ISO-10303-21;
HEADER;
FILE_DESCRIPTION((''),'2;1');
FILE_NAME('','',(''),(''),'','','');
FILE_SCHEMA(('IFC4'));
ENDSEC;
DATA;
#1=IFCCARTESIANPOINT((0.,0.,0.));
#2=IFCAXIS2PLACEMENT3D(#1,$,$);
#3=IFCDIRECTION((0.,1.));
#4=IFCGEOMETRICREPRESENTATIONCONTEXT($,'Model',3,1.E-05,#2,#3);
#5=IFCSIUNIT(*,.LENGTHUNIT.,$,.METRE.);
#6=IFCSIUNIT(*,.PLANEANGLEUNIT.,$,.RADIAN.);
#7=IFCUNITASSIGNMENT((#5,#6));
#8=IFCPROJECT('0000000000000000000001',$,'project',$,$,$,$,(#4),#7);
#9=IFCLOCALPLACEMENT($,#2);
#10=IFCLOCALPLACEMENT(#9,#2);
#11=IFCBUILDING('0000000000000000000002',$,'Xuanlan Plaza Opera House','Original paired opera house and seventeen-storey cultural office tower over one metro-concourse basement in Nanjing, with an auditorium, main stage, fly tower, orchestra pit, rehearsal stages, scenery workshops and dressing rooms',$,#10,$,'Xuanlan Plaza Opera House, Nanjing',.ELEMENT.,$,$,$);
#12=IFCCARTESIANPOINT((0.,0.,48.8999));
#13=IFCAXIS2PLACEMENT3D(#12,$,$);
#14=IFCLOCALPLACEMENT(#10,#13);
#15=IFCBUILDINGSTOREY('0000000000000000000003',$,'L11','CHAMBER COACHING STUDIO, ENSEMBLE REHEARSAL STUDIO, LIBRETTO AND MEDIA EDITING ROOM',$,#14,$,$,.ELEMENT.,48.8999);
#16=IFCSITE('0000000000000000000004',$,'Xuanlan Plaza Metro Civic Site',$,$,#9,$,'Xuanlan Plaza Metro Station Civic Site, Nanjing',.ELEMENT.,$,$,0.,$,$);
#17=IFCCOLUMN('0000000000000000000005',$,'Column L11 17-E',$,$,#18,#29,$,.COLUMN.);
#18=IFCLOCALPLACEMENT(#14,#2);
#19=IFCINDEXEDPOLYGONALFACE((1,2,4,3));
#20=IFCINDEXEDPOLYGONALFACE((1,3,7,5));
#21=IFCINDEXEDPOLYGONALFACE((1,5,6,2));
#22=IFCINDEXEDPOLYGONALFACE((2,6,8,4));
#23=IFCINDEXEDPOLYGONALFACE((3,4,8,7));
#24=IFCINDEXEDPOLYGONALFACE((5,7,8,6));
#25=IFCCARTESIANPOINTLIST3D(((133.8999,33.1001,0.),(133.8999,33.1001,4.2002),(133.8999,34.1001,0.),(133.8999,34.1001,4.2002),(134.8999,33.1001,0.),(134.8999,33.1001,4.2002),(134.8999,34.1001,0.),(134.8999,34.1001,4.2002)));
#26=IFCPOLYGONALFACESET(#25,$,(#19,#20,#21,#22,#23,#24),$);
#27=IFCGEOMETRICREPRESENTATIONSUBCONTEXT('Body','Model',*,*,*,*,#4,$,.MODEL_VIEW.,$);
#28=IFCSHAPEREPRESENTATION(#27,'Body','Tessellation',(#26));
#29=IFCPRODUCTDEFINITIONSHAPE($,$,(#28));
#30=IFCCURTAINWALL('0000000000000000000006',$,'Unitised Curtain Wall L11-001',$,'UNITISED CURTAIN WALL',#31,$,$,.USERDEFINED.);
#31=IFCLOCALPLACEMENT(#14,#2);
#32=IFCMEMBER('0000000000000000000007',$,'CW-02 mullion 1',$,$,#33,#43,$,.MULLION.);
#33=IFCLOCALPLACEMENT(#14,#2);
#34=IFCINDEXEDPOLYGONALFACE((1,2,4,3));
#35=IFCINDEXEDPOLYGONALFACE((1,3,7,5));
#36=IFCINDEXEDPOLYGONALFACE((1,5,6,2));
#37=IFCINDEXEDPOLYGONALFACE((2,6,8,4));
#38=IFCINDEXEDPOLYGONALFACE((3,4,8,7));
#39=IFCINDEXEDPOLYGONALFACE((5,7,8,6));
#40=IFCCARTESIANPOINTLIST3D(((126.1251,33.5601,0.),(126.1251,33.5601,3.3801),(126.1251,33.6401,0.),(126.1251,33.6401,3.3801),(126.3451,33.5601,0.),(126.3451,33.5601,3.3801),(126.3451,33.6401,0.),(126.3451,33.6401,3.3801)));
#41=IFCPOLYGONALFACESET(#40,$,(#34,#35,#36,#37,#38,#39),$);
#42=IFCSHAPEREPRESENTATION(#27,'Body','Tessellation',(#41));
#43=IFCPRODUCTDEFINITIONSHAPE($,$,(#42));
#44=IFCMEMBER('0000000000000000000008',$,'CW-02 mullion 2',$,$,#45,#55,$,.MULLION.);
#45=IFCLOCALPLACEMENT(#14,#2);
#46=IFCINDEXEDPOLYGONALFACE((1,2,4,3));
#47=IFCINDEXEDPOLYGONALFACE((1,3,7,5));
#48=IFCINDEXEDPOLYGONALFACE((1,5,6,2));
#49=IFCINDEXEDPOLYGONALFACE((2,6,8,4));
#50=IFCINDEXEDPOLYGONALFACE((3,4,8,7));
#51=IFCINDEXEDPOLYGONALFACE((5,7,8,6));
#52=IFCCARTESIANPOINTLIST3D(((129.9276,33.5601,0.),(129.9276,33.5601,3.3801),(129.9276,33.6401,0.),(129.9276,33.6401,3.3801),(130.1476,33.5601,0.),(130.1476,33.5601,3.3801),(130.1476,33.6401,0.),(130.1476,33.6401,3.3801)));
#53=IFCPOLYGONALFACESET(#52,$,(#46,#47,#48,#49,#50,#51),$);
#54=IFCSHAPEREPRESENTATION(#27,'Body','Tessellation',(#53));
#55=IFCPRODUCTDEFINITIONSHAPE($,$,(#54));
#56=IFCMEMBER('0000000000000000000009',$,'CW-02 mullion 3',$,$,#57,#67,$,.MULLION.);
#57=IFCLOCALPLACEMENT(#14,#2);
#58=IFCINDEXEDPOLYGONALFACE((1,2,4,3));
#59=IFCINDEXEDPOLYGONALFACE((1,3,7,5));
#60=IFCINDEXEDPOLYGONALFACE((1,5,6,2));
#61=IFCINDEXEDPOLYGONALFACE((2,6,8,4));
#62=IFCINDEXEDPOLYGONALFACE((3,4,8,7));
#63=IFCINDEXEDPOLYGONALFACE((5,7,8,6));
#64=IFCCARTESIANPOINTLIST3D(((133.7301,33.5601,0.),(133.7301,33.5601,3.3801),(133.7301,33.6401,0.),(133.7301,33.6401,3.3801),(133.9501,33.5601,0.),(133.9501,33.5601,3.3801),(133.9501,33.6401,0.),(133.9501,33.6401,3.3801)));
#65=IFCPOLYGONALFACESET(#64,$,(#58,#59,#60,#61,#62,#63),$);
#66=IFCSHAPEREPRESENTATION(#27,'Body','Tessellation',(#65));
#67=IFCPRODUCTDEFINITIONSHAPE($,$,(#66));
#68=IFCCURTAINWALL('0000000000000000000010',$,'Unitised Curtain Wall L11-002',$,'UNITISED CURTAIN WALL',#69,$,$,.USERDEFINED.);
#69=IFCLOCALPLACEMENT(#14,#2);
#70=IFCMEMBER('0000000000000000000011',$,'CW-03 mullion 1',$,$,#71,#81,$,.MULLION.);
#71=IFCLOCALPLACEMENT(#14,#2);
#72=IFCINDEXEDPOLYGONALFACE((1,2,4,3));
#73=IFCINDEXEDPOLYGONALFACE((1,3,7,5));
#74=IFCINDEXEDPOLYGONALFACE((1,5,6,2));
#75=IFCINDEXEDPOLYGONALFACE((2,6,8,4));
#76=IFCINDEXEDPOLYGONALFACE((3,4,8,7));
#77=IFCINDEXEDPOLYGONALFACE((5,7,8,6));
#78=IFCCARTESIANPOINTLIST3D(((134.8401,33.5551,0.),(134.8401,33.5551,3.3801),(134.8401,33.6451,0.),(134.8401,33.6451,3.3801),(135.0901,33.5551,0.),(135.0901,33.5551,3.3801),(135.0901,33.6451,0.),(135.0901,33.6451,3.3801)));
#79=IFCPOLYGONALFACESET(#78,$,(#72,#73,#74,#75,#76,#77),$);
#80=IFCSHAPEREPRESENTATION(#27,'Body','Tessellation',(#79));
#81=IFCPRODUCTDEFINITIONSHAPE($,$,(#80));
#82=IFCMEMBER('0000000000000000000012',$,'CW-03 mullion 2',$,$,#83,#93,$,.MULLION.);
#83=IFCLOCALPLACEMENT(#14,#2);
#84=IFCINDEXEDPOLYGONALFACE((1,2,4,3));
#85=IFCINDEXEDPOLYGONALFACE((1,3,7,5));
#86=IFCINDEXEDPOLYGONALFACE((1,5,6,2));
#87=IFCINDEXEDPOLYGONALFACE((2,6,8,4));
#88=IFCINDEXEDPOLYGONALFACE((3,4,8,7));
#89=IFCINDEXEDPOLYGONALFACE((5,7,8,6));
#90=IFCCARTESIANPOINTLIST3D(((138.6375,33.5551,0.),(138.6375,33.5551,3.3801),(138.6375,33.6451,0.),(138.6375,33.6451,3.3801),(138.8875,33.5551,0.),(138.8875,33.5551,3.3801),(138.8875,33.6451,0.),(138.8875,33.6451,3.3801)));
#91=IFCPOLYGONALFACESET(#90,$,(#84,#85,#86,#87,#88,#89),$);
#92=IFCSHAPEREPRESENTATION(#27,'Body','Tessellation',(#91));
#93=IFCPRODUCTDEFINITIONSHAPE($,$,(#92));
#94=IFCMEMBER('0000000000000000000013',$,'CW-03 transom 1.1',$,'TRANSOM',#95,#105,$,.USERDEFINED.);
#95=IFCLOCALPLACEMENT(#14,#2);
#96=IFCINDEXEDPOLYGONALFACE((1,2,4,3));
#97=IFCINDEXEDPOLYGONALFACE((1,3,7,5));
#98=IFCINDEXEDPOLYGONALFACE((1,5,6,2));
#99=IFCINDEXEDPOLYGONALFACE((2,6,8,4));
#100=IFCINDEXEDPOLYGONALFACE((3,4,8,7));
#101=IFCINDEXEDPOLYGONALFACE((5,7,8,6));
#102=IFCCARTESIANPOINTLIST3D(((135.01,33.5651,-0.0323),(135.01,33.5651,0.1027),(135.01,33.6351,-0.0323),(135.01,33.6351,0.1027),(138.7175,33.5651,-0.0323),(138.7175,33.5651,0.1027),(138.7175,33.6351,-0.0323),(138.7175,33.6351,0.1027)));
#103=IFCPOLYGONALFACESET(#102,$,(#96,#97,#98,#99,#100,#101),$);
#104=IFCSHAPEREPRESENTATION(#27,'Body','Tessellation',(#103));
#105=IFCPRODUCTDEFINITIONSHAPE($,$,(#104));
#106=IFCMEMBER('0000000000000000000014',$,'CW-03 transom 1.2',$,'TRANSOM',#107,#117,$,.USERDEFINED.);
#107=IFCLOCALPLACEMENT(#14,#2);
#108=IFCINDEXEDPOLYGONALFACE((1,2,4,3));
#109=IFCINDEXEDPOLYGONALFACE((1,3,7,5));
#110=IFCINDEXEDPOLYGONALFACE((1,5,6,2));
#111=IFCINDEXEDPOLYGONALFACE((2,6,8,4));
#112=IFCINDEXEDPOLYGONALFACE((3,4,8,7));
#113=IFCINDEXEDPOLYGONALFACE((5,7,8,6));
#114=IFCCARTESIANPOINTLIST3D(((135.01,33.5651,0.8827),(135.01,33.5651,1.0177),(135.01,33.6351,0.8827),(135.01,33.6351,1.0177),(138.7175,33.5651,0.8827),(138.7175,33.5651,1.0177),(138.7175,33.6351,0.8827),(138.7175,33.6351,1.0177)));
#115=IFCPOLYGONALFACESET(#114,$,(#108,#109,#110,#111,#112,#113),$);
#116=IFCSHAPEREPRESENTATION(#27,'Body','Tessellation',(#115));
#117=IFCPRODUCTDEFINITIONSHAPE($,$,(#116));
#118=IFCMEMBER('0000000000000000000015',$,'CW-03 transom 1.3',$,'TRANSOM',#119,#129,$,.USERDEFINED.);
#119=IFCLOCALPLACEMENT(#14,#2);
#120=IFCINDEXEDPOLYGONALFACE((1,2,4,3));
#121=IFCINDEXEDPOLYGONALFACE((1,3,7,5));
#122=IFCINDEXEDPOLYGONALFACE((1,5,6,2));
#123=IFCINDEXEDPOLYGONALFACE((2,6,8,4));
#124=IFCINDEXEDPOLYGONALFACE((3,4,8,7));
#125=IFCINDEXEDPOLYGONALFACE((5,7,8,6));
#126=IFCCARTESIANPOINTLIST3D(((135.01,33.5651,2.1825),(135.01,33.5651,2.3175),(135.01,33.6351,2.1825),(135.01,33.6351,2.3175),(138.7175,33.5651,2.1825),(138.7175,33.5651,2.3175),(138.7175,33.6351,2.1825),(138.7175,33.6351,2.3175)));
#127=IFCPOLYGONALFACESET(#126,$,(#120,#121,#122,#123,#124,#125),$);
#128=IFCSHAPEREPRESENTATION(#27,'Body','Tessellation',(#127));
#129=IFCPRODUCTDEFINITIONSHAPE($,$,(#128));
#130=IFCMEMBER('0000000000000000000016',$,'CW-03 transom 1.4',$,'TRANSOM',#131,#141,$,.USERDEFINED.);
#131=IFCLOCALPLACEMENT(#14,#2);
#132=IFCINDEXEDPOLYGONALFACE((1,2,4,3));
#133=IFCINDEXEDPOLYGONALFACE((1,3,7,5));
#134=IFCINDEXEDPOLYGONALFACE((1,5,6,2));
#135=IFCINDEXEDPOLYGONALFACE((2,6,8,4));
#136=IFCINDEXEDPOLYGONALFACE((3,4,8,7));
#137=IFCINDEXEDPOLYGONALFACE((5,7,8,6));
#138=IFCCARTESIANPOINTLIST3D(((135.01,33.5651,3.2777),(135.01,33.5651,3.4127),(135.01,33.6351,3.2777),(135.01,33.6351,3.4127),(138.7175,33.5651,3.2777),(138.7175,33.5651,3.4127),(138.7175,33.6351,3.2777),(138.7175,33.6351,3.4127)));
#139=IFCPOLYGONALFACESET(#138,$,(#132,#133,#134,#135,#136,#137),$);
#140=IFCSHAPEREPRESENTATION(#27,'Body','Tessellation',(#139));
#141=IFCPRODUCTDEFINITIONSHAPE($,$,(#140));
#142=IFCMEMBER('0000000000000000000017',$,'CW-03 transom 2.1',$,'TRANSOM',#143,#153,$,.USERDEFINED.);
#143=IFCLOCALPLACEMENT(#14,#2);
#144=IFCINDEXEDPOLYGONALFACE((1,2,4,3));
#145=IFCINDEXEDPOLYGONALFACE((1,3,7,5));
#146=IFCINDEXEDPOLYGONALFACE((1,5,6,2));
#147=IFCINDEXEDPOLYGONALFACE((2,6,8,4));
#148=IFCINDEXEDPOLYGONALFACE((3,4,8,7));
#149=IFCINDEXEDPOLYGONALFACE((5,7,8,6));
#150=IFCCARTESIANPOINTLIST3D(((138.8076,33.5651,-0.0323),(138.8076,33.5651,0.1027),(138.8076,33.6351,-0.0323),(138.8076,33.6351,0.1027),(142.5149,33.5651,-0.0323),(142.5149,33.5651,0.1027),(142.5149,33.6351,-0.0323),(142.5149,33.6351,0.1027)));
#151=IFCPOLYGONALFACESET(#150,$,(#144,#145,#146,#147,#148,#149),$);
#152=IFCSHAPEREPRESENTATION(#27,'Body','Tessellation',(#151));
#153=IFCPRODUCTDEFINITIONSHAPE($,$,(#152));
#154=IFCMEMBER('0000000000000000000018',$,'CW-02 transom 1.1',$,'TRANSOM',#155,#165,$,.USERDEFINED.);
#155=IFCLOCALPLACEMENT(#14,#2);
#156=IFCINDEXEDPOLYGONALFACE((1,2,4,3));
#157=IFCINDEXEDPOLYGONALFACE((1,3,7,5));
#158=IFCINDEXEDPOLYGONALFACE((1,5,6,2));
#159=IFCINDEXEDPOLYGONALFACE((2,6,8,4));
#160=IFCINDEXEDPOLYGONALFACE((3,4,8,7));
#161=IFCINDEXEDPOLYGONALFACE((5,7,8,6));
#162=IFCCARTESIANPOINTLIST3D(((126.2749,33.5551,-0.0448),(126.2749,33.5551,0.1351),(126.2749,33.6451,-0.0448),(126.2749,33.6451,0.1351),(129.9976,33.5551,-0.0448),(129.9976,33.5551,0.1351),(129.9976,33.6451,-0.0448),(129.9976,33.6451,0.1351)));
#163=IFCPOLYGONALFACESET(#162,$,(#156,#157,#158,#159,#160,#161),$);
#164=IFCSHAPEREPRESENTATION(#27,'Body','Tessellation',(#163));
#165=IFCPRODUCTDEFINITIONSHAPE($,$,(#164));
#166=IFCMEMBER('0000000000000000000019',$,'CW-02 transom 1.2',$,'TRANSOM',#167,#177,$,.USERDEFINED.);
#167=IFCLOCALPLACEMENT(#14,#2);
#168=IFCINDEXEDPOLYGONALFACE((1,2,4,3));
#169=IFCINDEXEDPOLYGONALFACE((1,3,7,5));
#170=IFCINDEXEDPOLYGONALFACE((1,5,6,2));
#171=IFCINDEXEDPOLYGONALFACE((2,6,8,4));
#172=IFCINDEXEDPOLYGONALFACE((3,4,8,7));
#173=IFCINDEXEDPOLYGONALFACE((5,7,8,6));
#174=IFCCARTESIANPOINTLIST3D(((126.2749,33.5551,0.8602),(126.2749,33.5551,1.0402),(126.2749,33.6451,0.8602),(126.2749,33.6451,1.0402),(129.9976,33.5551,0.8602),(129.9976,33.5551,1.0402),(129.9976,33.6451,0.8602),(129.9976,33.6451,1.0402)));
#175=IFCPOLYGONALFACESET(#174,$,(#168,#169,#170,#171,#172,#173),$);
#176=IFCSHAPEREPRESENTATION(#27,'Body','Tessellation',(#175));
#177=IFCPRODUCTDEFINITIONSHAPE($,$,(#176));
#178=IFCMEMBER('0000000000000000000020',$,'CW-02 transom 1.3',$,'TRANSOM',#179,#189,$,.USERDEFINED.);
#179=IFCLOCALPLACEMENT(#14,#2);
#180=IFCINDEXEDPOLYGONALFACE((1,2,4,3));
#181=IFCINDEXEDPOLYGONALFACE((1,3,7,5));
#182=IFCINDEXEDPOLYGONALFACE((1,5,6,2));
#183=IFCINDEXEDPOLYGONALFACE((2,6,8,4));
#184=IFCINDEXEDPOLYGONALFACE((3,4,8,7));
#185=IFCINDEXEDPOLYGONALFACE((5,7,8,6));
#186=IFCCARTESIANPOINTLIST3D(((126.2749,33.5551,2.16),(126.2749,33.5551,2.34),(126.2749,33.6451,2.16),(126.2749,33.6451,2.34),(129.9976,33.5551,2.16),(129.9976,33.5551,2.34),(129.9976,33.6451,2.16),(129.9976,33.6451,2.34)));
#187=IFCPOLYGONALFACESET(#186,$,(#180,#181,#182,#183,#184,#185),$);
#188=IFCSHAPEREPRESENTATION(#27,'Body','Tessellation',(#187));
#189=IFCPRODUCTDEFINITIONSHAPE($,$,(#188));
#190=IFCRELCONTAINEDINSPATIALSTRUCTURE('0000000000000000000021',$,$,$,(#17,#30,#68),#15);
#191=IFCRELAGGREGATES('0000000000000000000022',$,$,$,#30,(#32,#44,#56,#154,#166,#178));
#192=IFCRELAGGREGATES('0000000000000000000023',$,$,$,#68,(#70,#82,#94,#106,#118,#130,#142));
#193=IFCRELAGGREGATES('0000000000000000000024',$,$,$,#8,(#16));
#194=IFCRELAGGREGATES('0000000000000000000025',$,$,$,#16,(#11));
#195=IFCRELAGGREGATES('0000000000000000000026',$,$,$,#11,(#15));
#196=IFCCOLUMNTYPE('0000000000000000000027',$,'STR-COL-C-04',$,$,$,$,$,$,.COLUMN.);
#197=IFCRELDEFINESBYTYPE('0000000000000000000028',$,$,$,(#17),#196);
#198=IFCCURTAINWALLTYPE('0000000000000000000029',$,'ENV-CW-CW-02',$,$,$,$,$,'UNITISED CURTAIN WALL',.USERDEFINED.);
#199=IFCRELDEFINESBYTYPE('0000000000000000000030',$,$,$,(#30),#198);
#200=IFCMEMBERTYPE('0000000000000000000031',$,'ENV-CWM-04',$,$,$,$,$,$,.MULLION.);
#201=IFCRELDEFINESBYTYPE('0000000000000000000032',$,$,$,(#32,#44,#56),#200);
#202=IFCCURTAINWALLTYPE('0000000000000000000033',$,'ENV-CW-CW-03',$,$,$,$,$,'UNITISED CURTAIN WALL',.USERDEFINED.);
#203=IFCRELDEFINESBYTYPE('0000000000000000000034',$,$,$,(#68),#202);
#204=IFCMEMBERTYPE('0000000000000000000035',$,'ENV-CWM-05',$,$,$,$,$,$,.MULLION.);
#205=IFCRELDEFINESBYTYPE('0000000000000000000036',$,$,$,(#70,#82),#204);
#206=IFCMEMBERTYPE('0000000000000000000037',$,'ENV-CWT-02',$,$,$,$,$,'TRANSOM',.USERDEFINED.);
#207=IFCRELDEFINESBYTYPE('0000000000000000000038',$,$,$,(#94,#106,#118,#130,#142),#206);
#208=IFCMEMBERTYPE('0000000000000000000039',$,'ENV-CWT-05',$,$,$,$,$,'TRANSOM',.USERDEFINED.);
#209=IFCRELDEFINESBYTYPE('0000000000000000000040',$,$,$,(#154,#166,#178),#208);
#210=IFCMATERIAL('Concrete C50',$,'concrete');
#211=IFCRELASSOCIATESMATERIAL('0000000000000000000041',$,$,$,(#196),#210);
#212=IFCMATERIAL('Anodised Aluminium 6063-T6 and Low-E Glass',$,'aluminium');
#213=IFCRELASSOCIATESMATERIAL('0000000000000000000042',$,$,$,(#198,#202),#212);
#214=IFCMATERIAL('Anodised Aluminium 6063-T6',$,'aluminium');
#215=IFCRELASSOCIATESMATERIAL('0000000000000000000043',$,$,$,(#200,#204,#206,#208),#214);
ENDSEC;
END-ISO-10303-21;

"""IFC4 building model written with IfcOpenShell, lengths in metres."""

from ifc_helpers import new_model, si_unit, direction, frame, origin, origin_2d, place, context, subcontext, project, spatial, rectangle, extrude, material, material_profile, profile_set, type_object, element, aggregate, save


model = new_model("IFC4")

# Units and contexts
model_context = context("Model", 3, precision=1e-05, world=origin(), true_north=direction((0.0, 1.0)))
body_context = subcontext(model_context, "Body", "Model", "MODEL_VIEW")
ifc_project = project(units=[si_unit("LENGTHUNIT", "METRE"), si_unit("PLANEANGLEUNIT", "RADIAN")], contexts=[model_context])

# Site, building, storey
site_placement = place(None, origin())
site = spatial("IfcSite", under=ifc_project, at=site_placement, Name="Xuanlan Plaza Metro Civic Site", LongName="Xuanlan Plaza Metro Station Civic Site, Nanjing", CompositionType="ELEMENT", RefElevation=0.0)
building_placement = place(site_placement, origin())
building = spatial("IfcBuilding", under=site, at=building_placement, Name="Xuanlan Plaza Opera House", Description="Original paired opera house and seventeen-storey cultural office tower over one metro-concourse basement in Nanjing, with an auditorium, main stage, fly tower, orchestra pit, rehearsal stages, scenery workshops and dressing rooms", LongName="Xuanlan Plaza Opera House, Nanjing", CompositionType="ELEMENT")
storey_placement = place(building_placement, frame((0.0, 0.0, 48.8999)))
storey = spatial("IfcBuildingStorey", under=building, at=storey_placement, Name="L11", Description="CHAMBER COACHING STUDIO, ENSEMBLE REHEARSAL STUDIO, LIBRETTO AND MEDIA EDITING ROOM", CompositionType="ELEMENT", Elevation=48.8999)

# Column
ifc_material_1 = material(Name="Concrete C50", Category="concrete")
ifc_material_profile_1 = material_profile(ifc_material_1, rectangle(XDim=1.0, YDim=1.0, at=origin_2d()), Name="RC-COL 1000x1000")
ifc_profile_set_1 = profile_set([ifc_material_profile_1], Name="Concrete C50")
column_type = type_object("IfcColumnType", Name="STR-COL-C-04", PredefinedType="COLUMN", material=ifc_profile_set_1)
column_placement = place(storey_placement, frame((134.3999, 33.6001, 0.0), z_axis=(0.0, 0.0, 1.0), x_axis=(1.0, 0.0, 0.0)))
element("IfcColumn", 1, at=column_placement, inside=storey, type_object=column_type, Name="Column L11 17-E", PredefinedType="COLUMN", context=body_context, shape_type="SweptSolid", body=[
    extrude(rectangle(XDim=1.0, YDim=1.0, at=origin_2d()), origin(), (0.0, 0.0, 1.0), 4.2002),
])

# Curtain walls, members
ifc_material_2 = material(Name="Anodised Aluminium 6063-T6 and Low-E Glass", Category="aluminium")
curtain_wall_type_1 = type_object("IfcCurtainWallType", Name="ENV-CW-CW-02", ElementType="UNITISED CURTAIN WALL", PredefinedType="USERDEFINED", material=ifc_material_2)
curtain_wall_1_placement = place(storey_placement, origin())
curtain_wall_1 = element("IfcCurtainWall", 2, at=curtain_wall_1_placement, inside=storey, type_object=curtain_wall_type_1, Name="Unitised Curtain Wall L11-001", ObjectType="UNITISED CURTAIN WALL", PredefinedType="USERDEFINED")
ifc_material_3 = material(Name="Anodised Aluminium 6063-T6", Category="aluminium")
ifc_material_profile_2 = material_profile(ifc_material_3, rectangle(XDim=0.0801, YDim=0.22, at=origin_2d()), Name="ALU-M 80x220")
ifc_profile_set_2 = profile_set([ifc_material_profile_2], Name="Anodised Aluminium 6063-T6")
member_type_1 = type_object("IfcMemberType", Name="ENV-CWM-04", PredefinedType="MULLION", material=ifc_profile_set_2)
member_1_placement = place(storey_placement, frame((126.2351, 33.6001, 0.0), z_axis=(0.0, 0.0, 1.0), x_axis=(0.0, 1.0, 0.0)))
member_1 = element("IfcMember", 3, at=member_1_placement, type_object=member_type_1, Name="CW-02 mullion 1", PredefinedType="MULLION", context=body_context, shape_type="SweptSolid", body=[
    extrude(rectangle(XDim=0.0801, YDim=0.22, at=origin_2d()), origin(), (0.0, 0.0, 1.0), 3.3801),
])
member_2_placement = place(storey_placement, frame((130.0376, 33.6001, 0.0), z_axis=(0.0, 0.0, 1.0), x_axis=(0.0, 1.0, 0.0)))
member_2 = element("IfcMember", 4, at=member_2_placement, type_object=member_type_1, Name="CW-02 mullion 2", PredefinedType="MULLION", context=body_context, shape_type="SweptSolid", body=[
    extrude(rectangle(XDim=0.0801, YDim=0.22, at=origin_2d()), origin(), (0.0, 0.0, 1.0), 3.3801),
])
member_3_placement = place(storey_placement, frame((133.8401, 33.6001, 0.0), z_axis=(0.0, 0.0, 1.0), x_axis=(0.0, 1.0, 0.0)))
member_3 = element("IfcMember", 5, at=member_3_placement, type_object=member_type_1, Name="CW-02 mullion 3", PredefinedType="MULLION", context=body_context, shape_type="SweptSolid", body=[
    extrude(rectangle(XDim=0.0801, YDim=0.22, at=origin_2d()), origin(), (0.0, 0.0, 1.0), 3.3801),
])
curtain_wall_type_2 = type_object("IfcCurtainWallType", Name="ENV-CW-CW-03", ElementType="UNITISED CURTAIN WALL", PredefinedType="USERDEFINED", material=ifc_material_2)
curtain_wall_2_placement = place(storey_placement, origin())
curtain_wall_2 = element("IfcCurtainWall", 6, at=curtain_wall_2_placement, inside=storey, type_object=curtain_wall_type_2, Name="Unitised Curtain Wall L11-002", ObjectType="UNITISED CURTAIN WALL", PredefinedType="USERDEFINED")
ifc_material_profile_3 = material_profile(ifc_material_3, rectangle(XDim=0.0901, YDim=0.25, at=origin_2d()), Name="ALU-M 90x250")
ifc_profile_set_3 = profile_set([ifc_material_profile_3], Name="Anodised Aluminium 6063-T6")
member_type_2 = type_object("IfcMemberType", Name="ENV-CWM-05", PredefinedType="MULLION", material=ifc_profile_set_3)
member_4_placement = place(storey_placement, frame((134.9651, 33.6001, 0.0), z_axis=(0.0, 0.0, 1.0), x_axis=(0.0, 1.0, 0.0)))
member_4 = element("IfcMember", 7, at=member_4_placement, type_object=member_type_2, Name="CW-03 mullion 1", PredefinedType="MULLION", context=body_context, shape_type="SweptSolid", body=[
    extrude(rectangle(XDim=0.0901, YDim=0.25, at=origin_2d()), origin(), (0.0, 0.0, 1.0), 3.3801),
])
member_5_placement = place(storey_placement, frame((138.7625, 33.6001, 0.0), z_axis=(0.0, 0.0, 1.0), x_axis=(0.0, 1.0, 0.0)))
member_5 = element("IfcMember", 8, at=member_5_placement, type_object=member_type_2, Name="CW-03 mullion 2", PredefinedType="MULLION", context=body_context, shape_type="SweptSolid", body=[
    extrude(rectangle(XDim=0.0901, YDim=0.25, at=origin_2d()), origin(), (0.0, 0.0, 1.0), 3.3801),
])
ifc_material_profile_4 = material_profile(ifc_material_3, rectangle(XDim=0.0701, YDim=0.135, at=origin_2d()), Name="ALU-T 70x135")
ifc_profile_set_4 = profile_set([ifc_material_profile_4], Name="Anodised Aluminium 6063-T6")
member_type_3 = type_object("IfcMemberType", Name="ENV-CWT-02", ElementType="TRANSOM", PredefinedType="USERDEFINED", material=ifc_profile_set_4)
member_6_placement = place(storey_placement, frame((135.01, 33.6001, 0.0352), z_axis=(1.0, 0.0, 0.0), x_axis=(0.0, 1.0, 0.0)))
member_6 = element("IfcMember", 9, at=member_6_placement, type_object=member_type_3, Name="CW-03 transom 1.1", ObjectType="TRANSOM", PredefinedType="USERDEFINED", context=body_context, shape_type="SweptSolid", body=[
    extrude(rectangle(XDim=0.0701, YDim=0.135, at=origin_2d()), origin(), (0.0, 0.0, 1.0), 3.7075),
])
member_7_placement = place(storey_placement, frame((135.01, 33.6001, 0.9502), z_axis=(1.0, 0.0, 0.0), x_axis=(0.0, 1.0, 0.0)))
member_7 = element("IfcMember", 10, at=member_7_placement, type_object=member_type_3, Name="CW-03 transom 1.2", ObjectType="TRANSOM", PredefinedType="USERDEFINED", context=body_context, shape_type="SweptSolid", body=[
    extrude(rectangle(XDim=0.0701, YDim=0.135, at=origin_2d()), origin(), (0.0, 0.0, 1.0), 3.7075),
])
member_8_placement = place(storey_placement, frame((135.01, 33.6001, 2.25), z_axis=(1.0, 0.0, 0.0), x_axis=(0.0, 1.0, 0.0)))
member_8 = element("IfcMember", 11, at=member_8_placement, type_object=member_type_3, Name="CW-03 transom 1.3", ObjectType="TRANSOM", PredefinedType="USERDEFINED", context=body_context, shape_type="SweptSolid", body=[
    extrude(rectangle(XDim=0.0701, YDim=0.135, at=origin_2d()), origin(), (0.0, 0.0, 1.0), 3.7075),
])
member_9_placement = place(storey_placement, frame((135.01, 33.6001, 3.3452), z_axis=(1.0, 0.0, 0.0), x_axis=(0.0, 1.0, 0.0)))
member_9 = element("IfcMember", 12, at=member_9_placement, type_object=member_type_3, Name="CW-03 transom 1.4", ObjectType="TRANSOM", PredefinedType="USERDEFINED", context=body_context, shape_type="SweptSolid", body=[
    extrude(rectangle(XDim=0.0701, YDim=0.135, at=origin_2d()), origin(), (0.0, 0.0, 1.0), 3.7075),
])
member_10_placement = place(storey_placement, frame((138.8076, 33.6001, 0.0352), z_axis=(1.0, 0.0, 0.0), x_axis=(0.0, 1.0, 0.0)))
member_10 = element("IfcMember", 13, at=member_10_placement, type_object=member_type_3, Name="CW-03 transom 2.1", ObjectType="TRANSOM", PredefinedType="USERDEFINED", context=body_context, shape_type="SweptSolid", body=[
    extrude(rectangle(XDim=0.0701, YDim=0.135, at=origin_2d()), origin(), (0.0, 0.0, 1.0), 3.7073),
])

# Members
ifc_material_profile_5 = material_profile(ifc_material_3, rectangle(XDim=0.0901, YDim=0.1799, at=origin_2d()), Name="ALU-T 90x180")
ifc_profile_set_5 = profile_set([ifc_material_profile_5], Name="Anodised Aluminium 6063-T6")
member_type_4 = type_object("IfcMemberType", Name="ENV-CWT-05", ElementType="TRANSOM", PredefinedType="USERDEFINED", material=ifc_profile_set_5)
member_11_placement = place(storey_placement, frame((126.2749, 33.6001, 0.0452), z_axis=(1.0, 0.0, 0.0), x_axis=(0.0, 1.0, 0.0)))
member_11 = element("IfcMember", 14, at=member_11_placement, type_object=member_type_4, Name="CW-02 transom 1.1", ObjectType="TRANSOM", PredefinedType="USERDEFINED", context=body_context, shape_type="SweptSolid", body=[
    extrude(rectangle(XDim=0.0901, YDim=0.1799, at=origin_2d()), origin(), (0.0, 0.0, 1.0), 3.7227),
])
member_12_placement = place(storey_placement, frame((126.2749, 33.6001, 0.9502), z_axis=(1.0, 0.0, 0.0), x_axis=(0.0, 1.0, 0.0)))
member_12 = element("IfcMember", 15, at=member_12_placement, type_object=member_type_4, Name="CW-02 transom 1.2", ObjectType="TRANSOM", PredefinedType="USERDEFINED", context=body_context, shape_type="SweptSolid", body=[
    extrude(rectangle(XDim=0.0901, YDim=0.1799, at=origin_2d()), origin(), (0.0, 0.0, 1.0), 3.7227),
])
member_13_placement = place(storey_placement, frame((126.2749, 33.6001, 2.25), z_axis=(1.0, 0.0, 0.0), x_axis=(0.0, 1.0, 0.0)))
member_13 = element("IfcMember", 16, at=member_13_placement, type_object=member_type_4, Name="CW-02 transom 1.3", ObjectType="TRANSOM", PredefinedType="USERDEFINED", context=body_context, shape_type="SweptSolid", body=[
    extrude(rectangle(XDim=0.0901, YDim=0.1799, at=origin_2d()), origin(), (0.0, 0.0, 1.0), 3.7227),
])

aggregate(curtain_wall_1, [member_1, member_2, member_3, member_11, member_12, member_13])
aggregate(curtain_wall_2, [member_4, member_5, member_6, member_7, member_8, member_9, member_10])

save(model, "model.ifc")
